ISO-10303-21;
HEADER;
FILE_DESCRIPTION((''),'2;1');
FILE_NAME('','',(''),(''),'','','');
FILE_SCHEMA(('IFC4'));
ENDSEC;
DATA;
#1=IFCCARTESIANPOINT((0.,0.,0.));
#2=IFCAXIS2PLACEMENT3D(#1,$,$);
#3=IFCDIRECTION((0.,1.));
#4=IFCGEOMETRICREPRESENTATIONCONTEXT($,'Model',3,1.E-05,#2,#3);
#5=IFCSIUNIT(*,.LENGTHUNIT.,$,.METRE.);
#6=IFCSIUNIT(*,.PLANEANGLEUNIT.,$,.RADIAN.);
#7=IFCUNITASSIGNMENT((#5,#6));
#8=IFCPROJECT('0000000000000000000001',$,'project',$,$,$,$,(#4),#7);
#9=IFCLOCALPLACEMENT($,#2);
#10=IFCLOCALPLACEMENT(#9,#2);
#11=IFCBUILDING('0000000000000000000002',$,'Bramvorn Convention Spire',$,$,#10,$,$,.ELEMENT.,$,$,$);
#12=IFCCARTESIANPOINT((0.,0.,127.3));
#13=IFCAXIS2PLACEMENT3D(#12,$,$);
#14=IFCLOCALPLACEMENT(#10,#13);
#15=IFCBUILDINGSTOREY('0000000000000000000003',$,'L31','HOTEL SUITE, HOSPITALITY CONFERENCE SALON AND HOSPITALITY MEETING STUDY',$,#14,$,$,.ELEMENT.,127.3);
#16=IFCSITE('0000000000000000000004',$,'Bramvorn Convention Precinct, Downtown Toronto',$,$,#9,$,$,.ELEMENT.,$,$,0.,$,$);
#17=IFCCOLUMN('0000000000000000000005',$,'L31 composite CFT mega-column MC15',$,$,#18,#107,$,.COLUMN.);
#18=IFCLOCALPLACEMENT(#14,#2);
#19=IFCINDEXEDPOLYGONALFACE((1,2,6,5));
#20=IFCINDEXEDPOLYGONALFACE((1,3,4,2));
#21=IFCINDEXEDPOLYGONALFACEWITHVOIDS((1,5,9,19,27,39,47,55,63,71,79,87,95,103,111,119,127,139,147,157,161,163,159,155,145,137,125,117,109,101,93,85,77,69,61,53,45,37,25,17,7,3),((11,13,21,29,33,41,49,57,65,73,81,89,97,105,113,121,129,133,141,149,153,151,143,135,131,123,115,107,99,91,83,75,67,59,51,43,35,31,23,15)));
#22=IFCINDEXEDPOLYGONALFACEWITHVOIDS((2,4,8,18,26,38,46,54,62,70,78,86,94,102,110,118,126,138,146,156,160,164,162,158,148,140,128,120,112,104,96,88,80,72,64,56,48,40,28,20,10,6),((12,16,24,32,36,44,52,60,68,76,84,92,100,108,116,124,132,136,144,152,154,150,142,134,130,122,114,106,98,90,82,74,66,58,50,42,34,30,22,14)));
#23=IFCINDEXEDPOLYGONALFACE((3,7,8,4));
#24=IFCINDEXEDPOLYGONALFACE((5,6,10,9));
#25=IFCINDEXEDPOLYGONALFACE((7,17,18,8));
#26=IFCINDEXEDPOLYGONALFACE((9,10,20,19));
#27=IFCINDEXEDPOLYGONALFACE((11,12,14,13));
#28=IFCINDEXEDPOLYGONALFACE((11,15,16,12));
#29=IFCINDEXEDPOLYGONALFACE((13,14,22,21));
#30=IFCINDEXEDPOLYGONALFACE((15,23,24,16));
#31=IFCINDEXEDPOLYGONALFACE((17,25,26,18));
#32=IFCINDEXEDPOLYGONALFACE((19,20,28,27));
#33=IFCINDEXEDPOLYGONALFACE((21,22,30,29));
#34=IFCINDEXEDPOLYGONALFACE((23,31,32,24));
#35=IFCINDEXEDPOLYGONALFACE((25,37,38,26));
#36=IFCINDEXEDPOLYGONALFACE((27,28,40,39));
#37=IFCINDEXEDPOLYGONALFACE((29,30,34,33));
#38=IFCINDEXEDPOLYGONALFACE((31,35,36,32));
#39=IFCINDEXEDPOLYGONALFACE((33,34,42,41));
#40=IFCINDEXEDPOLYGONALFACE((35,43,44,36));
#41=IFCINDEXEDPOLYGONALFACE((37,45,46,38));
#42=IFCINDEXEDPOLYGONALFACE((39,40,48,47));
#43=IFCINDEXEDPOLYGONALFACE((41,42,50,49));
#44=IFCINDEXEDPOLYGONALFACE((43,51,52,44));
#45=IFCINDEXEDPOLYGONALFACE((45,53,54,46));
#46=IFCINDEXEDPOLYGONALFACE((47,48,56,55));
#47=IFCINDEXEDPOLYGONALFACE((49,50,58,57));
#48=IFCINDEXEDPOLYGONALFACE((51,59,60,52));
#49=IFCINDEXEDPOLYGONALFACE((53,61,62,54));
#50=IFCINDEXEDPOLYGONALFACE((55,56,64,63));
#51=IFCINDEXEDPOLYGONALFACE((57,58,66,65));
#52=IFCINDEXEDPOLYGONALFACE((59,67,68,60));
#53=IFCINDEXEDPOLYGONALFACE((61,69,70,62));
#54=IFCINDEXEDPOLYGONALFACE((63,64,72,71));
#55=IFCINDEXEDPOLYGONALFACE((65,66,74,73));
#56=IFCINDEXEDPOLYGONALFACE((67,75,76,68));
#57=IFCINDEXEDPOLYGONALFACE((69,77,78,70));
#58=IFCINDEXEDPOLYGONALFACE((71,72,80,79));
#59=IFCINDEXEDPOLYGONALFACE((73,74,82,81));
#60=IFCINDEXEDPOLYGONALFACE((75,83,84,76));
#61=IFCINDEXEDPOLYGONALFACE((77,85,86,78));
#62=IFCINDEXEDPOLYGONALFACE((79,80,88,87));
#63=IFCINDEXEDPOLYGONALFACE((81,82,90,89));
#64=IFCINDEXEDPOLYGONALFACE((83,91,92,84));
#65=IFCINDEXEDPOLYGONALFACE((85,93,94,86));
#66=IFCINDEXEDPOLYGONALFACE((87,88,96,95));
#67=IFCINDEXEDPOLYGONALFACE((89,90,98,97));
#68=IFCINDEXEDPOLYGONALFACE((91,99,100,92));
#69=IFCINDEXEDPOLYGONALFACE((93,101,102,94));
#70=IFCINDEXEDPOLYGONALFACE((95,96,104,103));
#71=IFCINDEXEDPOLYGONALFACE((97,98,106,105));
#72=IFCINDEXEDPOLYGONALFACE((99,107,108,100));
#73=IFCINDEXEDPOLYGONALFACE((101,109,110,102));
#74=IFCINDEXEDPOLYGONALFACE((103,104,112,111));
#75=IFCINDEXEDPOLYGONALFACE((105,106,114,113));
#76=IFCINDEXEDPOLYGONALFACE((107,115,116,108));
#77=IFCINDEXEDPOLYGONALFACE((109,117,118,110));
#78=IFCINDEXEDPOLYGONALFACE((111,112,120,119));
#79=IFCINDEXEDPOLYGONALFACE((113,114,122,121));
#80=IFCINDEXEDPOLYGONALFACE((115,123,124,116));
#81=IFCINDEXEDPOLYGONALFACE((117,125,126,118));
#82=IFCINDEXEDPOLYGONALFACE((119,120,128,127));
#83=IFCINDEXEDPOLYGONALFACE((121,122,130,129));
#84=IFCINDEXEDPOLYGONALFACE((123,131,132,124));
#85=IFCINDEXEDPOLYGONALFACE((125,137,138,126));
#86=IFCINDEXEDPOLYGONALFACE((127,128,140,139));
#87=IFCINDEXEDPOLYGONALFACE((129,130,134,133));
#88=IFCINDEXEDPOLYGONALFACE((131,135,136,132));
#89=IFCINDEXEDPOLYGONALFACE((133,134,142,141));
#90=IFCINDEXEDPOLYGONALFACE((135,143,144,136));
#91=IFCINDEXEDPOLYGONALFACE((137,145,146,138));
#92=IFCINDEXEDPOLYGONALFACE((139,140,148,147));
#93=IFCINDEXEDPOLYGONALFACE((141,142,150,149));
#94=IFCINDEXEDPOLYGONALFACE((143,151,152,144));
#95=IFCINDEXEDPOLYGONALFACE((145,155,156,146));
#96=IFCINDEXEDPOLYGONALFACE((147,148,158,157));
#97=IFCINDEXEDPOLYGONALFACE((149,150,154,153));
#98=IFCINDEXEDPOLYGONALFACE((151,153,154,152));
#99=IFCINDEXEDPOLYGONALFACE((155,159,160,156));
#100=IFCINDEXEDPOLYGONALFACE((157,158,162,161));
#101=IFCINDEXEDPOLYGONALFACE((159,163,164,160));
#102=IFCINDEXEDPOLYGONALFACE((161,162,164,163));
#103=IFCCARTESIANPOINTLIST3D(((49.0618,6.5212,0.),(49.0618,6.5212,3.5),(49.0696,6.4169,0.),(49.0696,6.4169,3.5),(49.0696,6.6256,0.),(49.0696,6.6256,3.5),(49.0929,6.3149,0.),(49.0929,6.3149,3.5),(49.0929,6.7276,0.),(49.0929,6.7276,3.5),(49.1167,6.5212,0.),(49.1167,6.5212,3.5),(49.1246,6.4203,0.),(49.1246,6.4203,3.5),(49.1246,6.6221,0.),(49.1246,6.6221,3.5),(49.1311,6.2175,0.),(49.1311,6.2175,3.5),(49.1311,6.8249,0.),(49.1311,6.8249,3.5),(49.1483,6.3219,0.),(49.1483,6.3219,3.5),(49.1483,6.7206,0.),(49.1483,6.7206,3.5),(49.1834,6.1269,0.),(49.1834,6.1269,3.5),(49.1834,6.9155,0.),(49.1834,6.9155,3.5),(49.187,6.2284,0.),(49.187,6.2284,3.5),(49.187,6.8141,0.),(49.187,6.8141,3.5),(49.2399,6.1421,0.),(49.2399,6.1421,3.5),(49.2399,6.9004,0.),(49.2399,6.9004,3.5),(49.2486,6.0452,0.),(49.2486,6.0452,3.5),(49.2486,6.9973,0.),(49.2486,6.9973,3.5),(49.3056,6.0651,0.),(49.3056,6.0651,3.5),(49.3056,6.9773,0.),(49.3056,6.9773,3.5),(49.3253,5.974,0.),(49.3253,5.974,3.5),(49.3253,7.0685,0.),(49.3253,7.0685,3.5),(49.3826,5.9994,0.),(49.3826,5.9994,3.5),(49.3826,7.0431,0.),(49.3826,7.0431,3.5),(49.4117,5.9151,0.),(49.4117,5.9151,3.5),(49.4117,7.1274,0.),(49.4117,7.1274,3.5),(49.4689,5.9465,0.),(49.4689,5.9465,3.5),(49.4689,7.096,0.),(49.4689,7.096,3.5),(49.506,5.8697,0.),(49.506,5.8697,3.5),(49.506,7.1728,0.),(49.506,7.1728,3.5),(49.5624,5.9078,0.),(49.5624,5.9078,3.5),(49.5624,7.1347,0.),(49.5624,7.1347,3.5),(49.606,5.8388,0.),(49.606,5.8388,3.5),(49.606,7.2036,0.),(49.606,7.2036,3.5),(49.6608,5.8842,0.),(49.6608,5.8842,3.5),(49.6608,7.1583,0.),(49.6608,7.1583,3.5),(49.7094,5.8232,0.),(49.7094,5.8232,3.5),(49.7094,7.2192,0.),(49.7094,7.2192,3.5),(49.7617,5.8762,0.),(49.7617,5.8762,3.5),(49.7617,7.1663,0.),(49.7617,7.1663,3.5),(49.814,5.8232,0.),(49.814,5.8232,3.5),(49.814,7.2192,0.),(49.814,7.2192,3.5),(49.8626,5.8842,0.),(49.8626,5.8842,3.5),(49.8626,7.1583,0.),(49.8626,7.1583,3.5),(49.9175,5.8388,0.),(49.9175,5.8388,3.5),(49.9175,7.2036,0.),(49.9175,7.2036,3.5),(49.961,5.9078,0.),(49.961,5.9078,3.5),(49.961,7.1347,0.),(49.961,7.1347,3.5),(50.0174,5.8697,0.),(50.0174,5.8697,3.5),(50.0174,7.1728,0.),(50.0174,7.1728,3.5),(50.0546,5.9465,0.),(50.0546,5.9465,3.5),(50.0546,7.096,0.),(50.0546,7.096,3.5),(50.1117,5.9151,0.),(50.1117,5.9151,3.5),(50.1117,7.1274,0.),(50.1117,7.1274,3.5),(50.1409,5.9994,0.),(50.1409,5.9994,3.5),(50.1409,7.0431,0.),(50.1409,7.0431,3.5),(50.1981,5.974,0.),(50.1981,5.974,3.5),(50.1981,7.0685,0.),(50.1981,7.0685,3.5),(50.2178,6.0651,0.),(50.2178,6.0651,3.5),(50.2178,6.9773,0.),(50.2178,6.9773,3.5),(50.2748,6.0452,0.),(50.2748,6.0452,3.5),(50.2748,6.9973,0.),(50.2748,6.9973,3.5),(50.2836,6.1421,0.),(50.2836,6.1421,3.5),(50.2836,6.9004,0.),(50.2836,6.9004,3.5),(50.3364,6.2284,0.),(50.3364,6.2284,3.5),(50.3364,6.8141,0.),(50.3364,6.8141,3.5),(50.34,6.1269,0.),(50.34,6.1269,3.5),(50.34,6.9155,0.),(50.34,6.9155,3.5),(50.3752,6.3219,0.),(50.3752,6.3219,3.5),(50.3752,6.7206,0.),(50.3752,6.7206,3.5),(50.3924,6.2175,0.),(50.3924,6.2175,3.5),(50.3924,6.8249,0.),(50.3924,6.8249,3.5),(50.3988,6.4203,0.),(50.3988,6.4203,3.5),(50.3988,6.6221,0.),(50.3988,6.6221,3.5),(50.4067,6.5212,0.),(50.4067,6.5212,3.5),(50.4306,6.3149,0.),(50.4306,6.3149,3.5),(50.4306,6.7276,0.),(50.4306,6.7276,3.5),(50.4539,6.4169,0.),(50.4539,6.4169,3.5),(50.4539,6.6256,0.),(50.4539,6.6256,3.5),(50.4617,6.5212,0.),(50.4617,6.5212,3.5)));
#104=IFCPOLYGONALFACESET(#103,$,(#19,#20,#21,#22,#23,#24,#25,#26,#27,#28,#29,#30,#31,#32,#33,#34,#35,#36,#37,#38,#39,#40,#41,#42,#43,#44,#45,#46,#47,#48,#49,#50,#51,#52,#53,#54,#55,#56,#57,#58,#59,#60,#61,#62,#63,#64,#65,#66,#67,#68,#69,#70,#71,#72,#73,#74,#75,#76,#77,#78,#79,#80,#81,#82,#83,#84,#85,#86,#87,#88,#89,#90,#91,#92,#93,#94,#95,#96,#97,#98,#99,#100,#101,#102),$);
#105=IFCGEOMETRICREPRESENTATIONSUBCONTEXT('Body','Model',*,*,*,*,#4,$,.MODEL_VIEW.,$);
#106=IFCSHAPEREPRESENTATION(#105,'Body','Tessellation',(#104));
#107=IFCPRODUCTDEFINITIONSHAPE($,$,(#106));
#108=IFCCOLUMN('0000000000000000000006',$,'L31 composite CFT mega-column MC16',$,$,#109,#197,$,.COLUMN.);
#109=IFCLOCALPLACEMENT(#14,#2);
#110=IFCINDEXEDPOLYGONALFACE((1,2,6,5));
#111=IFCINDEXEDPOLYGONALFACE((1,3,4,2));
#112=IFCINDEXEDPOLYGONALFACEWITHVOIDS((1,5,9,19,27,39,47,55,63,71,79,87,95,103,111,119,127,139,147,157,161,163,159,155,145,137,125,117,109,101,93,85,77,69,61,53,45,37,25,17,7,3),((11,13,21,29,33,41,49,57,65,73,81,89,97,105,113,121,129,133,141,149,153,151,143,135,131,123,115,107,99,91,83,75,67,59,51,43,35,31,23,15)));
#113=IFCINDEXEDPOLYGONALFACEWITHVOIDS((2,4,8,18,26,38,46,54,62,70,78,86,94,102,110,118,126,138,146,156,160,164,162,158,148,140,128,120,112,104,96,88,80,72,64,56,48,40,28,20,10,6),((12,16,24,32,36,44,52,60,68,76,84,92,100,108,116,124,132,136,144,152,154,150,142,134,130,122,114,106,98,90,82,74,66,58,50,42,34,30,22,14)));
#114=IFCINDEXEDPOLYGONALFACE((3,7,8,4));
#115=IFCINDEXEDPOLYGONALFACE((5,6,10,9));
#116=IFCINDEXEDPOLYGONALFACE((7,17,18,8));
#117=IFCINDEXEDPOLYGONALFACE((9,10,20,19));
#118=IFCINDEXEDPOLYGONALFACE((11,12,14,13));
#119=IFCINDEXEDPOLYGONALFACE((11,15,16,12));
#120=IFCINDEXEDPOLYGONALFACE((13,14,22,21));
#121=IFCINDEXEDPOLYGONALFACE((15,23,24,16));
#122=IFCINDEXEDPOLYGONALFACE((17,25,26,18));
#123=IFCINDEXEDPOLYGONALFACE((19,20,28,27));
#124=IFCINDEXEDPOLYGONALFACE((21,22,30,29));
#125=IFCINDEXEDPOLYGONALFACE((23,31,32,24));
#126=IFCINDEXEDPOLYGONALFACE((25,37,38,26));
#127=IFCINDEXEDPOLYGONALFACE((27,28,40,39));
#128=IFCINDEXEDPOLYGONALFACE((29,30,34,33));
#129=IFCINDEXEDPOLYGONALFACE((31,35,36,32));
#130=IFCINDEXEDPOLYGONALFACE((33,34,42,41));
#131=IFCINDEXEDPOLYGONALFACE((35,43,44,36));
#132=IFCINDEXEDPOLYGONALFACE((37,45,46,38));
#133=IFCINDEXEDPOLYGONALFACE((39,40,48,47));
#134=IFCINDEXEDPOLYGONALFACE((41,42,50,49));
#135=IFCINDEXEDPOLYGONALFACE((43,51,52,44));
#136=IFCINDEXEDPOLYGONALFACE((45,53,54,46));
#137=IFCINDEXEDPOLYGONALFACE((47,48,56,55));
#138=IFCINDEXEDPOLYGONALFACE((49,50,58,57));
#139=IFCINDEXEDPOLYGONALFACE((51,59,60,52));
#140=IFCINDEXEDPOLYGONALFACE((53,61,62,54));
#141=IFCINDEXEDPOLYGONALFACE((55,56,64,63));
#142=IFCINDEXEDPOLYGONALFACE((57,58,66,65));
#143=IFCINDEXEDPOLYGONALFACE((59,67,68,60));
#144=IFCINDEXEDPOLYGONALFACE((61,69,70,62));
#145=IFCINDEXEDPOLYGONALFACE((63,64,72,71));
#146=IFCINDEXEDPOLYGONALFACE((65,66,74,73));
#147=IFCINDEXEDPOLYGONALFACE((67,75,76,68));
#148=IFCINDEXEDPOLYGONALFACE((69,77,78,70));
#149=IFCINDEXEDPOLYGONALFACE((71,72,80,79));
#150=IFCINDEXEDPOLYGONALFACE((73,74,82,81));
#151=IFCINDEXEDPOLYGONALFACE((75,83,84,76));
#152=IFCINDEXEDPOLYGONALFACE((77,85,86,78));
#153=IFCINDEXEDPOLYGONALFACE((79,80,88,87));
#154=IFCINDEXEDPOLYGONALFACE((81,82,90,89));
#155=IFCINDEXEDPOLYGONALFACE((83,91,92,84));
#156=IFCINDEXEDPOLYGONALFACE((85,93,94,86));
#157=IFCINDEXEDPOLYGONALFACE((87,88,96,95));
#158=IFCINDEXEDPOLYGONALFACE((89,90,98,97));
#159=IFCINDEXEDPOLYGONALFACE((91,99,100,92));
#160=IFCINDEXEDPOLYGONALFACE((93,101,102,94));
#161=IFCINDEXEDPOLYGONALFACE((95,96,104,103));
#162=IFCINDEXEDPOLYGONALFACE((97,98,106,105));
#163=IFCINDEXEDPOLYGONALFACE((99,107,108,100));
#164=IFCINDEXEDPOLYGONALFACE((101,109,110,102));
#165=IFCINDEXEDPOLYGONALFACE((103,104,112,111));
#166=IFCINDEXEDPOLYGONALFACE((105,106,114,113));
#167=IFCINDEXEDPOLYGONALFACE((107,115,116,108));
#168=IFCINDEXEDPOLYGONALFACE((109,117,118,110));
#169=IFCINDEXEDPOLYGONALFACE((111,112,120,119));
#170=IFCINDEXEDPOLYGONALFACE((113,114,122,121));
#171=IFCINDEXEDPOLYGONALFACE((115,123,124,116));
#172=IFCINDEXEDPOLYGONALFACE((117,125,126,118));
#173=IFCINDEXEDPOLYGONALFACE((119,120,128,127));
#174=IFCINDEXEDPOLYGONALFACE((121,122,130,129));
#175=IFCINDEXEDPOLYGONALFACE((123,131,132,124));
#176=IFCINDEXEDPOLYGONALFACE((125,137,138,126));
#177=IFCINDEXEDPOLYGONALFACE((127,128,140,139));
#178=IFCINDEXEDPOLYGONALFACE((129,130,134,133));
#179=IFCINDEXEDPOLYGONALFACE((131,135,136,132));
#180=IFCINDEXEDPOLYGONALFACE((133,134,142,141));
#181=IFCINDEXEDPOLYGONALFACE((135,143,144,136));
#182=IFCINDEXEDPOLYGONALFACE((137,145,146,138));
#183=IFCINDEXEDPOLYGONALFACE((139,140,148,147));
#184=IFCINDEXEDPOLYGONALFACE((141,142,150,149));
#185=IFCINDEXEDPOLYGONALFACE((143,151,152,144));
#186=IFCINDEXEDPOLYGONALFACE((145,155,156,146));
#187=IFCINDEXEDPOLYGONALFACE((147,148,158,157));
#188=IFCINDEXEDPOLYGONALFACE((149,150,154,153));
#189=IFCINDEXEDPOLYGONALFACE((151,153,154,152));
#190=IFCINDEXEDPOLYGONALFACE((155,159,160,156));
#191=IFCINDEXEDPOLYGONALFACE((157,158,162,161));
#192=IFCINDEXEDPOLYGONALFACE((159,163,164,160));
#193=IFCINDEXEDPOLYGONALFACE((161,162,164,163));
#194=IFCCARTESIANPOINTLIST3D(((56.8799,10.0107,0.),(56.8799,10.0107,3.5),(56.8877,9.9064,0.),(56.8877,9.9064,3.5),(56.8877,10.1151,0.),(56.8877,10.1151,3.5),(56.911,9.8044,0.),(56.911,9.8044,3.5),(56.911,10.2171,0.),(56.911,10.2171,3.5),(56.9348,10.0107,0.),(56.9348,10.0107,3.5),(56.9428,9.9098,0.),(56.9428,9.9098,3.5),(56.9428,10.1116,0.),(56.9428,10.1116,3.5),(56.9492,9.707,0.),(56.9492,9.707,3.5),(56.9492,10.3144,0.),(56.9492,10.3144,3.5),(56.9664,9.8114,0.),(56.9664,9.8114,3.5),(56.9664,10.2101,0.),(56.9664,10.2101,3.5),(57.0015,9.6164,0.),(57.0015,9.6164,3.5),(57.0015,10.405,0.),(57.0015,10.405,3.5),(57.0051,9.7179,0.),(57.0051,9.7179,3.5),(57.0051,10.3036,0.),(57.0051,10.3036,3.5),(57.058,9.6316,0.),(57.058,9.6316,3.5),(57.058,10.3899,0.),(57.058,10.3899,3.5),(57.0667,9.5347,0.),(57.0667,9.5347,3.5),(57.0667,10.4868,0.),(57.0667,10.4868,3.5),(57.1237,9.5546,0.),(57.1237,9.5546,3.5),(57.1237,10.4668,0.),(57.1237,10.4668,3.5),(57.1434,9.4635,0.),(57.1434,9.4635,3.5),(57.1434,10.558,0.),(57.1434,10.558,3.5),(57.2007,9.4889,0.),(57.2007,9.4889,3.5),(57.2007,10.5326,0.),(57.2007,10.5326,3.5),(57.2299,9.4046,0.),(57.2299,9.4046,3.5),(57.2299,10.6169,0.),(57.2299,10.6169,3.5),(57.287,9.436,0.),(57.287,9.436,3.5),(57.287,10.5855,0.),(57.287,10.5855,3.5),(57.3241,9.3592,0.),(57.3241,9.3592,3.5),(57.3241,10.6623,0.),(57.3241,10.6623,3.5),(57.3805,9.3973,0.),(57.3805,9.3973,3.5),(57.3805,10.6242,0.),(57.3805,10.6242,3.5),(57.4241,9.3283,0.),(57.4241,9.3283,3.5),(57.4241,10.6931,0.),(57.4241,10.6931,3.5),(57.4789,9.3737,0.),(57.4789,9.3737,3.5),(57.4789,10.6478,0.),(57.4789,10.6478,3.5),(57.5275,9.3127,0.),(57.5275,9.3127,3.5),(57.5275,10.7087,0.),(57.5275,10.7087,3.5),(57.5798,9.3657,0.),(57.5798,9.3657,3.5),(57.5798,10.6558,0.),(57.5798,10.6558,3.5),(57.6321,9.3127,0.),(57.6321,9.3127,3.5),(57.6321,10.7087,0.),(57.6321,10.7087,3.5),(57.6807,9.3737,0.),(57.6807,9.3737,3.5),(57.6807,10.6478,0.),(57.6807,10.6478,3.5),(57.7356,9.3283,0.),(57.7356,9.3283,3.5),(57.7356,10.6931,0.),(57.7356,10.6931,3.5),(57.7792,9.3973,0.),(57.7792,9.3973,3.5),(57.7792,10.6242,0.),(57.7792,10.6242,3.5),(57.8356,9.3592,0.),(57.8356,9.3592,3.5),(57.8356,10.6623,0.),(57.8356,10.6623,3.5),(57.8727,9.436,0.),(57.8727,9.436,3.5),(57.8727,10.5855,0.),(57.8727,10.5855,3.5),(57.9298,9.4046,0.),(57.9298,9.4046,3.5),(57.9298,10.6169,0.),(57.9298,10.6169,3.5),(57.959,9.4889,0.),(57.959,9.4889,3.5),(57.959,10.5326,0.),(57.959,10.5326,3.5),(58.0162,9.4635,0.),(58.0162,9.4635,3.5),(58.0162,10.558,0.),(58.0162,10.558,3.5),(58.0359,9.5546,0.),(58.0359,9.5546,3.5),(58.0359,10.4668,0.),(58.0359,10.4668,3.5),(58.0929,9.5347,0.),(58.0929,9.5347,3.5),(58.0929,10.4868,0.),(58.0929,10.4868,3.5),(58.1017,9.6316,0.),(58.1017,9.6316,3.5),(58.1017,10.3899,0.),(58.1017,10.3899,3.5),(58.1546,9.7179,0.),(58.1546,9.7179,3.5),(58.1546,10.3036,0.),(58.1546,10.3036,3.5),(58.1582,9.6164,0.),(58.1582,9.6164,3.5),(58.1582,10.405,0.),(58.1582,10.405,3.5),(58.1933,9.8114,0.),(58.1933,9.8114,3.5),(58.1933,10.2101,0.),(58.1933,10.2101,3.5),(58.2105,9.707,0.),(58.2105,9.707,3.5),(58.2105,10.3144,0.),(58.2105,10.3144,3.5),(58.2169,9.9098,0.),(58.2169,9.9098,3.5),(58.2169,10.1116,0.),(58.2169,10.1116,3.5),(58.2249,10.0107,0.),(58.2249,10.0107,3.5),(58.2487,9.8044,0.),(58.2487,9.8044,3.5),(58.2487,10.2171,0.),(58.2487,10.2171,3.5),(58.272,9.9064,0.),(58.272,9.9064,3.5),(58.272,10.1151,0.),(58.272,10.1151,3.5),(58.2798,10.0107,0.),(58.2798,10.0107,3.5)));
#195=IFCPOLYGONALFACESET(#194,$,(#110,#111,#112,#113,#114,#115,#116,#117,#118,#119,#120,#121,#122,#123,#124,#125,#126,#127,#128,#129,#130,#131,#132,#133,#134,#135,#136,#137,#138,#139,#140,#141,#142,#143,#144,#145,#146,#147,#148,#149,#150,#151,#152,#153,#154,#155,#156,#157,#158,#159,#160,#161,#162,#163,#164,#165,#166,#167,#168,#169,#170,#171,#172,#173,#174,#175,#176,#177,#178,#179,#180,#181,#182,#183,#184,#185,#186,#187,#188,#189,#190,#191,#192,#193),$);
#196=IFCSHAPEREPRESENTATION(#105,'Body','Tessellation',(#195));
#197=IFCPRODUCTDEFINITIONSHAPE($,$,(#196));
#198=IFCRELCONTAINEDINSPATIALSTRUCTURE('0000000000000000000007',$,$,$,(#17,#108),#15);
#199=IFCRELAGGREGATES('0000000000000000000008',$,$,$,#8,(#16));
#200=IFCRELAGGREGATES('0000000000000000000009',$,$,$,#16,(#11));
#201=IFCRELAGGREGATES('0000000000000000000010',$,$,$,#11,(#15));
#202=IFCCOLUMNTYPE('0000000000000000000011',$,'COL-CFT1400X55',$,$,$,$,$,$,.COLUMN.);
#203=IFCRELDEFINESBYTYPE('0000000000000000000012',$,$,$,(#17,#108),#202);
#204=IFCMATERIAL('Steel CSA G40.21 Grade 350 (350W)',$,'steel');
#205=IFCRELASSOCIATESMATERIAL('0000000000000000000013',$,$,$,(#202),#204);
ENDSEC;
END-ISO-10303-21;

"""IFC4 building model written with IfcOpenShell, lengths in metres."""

from ifc_helpers import new_model, si_unit, direction, frame, origin, origin_2d, place, context, subcontext, project, spatial, hollow_circle, extrude, material, material_profile, profile_set, type_object, element, save


model = new_model("IFC4")

# Units and contexts
model_context = context("Model", 3, precision=1e-05, world=origin(), true_north=direction((0.0, 1.0)))
body_context = subcontext(model_context, "Body", "Model", "MODEL_VIEW")
ifc_project = project(units=[si_unit("LENGTHUNIT", "METRE"), si_unit("PLANEANGLEUNIT", "RADIAN")], contexts=[model_context])

# Site, building, storey
site_placement = place(None, origin())
site = spatial("IfcSite", under=ifc_project, at=site_placement, Name="Bramvorn Convention Precinct, Downtown Toronto", CompositionType="ELEMENT", RefElevation=0.0)
building_placement = place(site_placement, origin())
building = spatial("IfcBuilding", under=site, at=building_placement, Name="Bramvorn Convention Spire", CompositionType="ELEMENT")
storey_placement = place(building_placement, frame((0.0, 0.0, 127.3)))
storey = spatial("IfcBuildingStorey", under=building, at=storey_placement, Name="L31", Description="HOTEL SUITE, HOSPITALITY CONFERENCE SALON AND HOSPITALITY MEETING STUDY", CompositionType="ELEMENT", Elevation=127.3)

# Columns
ifc_material_1 = material(Name="Steel CSA G40.21 Grade 350 (350W)", Category="steel")
ifc_material_profile_1 = material_profile(ifc_material_1, hollow_circle(Radius=0.7, WallThickness=0.0549, at=origin_2d()))
ifc_profile_set_1 = profile_set([ifc_material_profile_1], Name="Steel CSA G40.21 Grade 350 (350W) - CFT1400X55")
column_type = type_object("IfcColumnType", Name="COL-CFT1400X55", PredefinedType="COLUMN", material=ifc_profile_set_1)
for number, where, z_axis, x_axis, name in (
    (1, (49.7617, 6.5212, 0.0), (0.0, 0.0, 1.0), (1.0, 0.0, 0.0), "L31 composite CFT mega-column MC15"),
    (2, (57.5798, 10.0107, 0.0), (0.0, 0.0, 1.0), (1.0, 0.0, 0.0), "L31 composite CFT mega-column MC16"),
):
    element("IfcColumn", number, at=place(storey_placement, frame(where, z_axis=z_axis, x_axis=x_axis)), inside=storey, type_object=column_type, Name=name, PredefinedType="COLUMN", context=body_context, shape_type="SweptSolid", body=[
        extrude(hollow_circle(Radius=0.7, WallThickness=0.0549, at=origin_2d()), origin(), (0.0, 0.0, 1.0), 3.5),
    ])

save(model, "model.ifc")
